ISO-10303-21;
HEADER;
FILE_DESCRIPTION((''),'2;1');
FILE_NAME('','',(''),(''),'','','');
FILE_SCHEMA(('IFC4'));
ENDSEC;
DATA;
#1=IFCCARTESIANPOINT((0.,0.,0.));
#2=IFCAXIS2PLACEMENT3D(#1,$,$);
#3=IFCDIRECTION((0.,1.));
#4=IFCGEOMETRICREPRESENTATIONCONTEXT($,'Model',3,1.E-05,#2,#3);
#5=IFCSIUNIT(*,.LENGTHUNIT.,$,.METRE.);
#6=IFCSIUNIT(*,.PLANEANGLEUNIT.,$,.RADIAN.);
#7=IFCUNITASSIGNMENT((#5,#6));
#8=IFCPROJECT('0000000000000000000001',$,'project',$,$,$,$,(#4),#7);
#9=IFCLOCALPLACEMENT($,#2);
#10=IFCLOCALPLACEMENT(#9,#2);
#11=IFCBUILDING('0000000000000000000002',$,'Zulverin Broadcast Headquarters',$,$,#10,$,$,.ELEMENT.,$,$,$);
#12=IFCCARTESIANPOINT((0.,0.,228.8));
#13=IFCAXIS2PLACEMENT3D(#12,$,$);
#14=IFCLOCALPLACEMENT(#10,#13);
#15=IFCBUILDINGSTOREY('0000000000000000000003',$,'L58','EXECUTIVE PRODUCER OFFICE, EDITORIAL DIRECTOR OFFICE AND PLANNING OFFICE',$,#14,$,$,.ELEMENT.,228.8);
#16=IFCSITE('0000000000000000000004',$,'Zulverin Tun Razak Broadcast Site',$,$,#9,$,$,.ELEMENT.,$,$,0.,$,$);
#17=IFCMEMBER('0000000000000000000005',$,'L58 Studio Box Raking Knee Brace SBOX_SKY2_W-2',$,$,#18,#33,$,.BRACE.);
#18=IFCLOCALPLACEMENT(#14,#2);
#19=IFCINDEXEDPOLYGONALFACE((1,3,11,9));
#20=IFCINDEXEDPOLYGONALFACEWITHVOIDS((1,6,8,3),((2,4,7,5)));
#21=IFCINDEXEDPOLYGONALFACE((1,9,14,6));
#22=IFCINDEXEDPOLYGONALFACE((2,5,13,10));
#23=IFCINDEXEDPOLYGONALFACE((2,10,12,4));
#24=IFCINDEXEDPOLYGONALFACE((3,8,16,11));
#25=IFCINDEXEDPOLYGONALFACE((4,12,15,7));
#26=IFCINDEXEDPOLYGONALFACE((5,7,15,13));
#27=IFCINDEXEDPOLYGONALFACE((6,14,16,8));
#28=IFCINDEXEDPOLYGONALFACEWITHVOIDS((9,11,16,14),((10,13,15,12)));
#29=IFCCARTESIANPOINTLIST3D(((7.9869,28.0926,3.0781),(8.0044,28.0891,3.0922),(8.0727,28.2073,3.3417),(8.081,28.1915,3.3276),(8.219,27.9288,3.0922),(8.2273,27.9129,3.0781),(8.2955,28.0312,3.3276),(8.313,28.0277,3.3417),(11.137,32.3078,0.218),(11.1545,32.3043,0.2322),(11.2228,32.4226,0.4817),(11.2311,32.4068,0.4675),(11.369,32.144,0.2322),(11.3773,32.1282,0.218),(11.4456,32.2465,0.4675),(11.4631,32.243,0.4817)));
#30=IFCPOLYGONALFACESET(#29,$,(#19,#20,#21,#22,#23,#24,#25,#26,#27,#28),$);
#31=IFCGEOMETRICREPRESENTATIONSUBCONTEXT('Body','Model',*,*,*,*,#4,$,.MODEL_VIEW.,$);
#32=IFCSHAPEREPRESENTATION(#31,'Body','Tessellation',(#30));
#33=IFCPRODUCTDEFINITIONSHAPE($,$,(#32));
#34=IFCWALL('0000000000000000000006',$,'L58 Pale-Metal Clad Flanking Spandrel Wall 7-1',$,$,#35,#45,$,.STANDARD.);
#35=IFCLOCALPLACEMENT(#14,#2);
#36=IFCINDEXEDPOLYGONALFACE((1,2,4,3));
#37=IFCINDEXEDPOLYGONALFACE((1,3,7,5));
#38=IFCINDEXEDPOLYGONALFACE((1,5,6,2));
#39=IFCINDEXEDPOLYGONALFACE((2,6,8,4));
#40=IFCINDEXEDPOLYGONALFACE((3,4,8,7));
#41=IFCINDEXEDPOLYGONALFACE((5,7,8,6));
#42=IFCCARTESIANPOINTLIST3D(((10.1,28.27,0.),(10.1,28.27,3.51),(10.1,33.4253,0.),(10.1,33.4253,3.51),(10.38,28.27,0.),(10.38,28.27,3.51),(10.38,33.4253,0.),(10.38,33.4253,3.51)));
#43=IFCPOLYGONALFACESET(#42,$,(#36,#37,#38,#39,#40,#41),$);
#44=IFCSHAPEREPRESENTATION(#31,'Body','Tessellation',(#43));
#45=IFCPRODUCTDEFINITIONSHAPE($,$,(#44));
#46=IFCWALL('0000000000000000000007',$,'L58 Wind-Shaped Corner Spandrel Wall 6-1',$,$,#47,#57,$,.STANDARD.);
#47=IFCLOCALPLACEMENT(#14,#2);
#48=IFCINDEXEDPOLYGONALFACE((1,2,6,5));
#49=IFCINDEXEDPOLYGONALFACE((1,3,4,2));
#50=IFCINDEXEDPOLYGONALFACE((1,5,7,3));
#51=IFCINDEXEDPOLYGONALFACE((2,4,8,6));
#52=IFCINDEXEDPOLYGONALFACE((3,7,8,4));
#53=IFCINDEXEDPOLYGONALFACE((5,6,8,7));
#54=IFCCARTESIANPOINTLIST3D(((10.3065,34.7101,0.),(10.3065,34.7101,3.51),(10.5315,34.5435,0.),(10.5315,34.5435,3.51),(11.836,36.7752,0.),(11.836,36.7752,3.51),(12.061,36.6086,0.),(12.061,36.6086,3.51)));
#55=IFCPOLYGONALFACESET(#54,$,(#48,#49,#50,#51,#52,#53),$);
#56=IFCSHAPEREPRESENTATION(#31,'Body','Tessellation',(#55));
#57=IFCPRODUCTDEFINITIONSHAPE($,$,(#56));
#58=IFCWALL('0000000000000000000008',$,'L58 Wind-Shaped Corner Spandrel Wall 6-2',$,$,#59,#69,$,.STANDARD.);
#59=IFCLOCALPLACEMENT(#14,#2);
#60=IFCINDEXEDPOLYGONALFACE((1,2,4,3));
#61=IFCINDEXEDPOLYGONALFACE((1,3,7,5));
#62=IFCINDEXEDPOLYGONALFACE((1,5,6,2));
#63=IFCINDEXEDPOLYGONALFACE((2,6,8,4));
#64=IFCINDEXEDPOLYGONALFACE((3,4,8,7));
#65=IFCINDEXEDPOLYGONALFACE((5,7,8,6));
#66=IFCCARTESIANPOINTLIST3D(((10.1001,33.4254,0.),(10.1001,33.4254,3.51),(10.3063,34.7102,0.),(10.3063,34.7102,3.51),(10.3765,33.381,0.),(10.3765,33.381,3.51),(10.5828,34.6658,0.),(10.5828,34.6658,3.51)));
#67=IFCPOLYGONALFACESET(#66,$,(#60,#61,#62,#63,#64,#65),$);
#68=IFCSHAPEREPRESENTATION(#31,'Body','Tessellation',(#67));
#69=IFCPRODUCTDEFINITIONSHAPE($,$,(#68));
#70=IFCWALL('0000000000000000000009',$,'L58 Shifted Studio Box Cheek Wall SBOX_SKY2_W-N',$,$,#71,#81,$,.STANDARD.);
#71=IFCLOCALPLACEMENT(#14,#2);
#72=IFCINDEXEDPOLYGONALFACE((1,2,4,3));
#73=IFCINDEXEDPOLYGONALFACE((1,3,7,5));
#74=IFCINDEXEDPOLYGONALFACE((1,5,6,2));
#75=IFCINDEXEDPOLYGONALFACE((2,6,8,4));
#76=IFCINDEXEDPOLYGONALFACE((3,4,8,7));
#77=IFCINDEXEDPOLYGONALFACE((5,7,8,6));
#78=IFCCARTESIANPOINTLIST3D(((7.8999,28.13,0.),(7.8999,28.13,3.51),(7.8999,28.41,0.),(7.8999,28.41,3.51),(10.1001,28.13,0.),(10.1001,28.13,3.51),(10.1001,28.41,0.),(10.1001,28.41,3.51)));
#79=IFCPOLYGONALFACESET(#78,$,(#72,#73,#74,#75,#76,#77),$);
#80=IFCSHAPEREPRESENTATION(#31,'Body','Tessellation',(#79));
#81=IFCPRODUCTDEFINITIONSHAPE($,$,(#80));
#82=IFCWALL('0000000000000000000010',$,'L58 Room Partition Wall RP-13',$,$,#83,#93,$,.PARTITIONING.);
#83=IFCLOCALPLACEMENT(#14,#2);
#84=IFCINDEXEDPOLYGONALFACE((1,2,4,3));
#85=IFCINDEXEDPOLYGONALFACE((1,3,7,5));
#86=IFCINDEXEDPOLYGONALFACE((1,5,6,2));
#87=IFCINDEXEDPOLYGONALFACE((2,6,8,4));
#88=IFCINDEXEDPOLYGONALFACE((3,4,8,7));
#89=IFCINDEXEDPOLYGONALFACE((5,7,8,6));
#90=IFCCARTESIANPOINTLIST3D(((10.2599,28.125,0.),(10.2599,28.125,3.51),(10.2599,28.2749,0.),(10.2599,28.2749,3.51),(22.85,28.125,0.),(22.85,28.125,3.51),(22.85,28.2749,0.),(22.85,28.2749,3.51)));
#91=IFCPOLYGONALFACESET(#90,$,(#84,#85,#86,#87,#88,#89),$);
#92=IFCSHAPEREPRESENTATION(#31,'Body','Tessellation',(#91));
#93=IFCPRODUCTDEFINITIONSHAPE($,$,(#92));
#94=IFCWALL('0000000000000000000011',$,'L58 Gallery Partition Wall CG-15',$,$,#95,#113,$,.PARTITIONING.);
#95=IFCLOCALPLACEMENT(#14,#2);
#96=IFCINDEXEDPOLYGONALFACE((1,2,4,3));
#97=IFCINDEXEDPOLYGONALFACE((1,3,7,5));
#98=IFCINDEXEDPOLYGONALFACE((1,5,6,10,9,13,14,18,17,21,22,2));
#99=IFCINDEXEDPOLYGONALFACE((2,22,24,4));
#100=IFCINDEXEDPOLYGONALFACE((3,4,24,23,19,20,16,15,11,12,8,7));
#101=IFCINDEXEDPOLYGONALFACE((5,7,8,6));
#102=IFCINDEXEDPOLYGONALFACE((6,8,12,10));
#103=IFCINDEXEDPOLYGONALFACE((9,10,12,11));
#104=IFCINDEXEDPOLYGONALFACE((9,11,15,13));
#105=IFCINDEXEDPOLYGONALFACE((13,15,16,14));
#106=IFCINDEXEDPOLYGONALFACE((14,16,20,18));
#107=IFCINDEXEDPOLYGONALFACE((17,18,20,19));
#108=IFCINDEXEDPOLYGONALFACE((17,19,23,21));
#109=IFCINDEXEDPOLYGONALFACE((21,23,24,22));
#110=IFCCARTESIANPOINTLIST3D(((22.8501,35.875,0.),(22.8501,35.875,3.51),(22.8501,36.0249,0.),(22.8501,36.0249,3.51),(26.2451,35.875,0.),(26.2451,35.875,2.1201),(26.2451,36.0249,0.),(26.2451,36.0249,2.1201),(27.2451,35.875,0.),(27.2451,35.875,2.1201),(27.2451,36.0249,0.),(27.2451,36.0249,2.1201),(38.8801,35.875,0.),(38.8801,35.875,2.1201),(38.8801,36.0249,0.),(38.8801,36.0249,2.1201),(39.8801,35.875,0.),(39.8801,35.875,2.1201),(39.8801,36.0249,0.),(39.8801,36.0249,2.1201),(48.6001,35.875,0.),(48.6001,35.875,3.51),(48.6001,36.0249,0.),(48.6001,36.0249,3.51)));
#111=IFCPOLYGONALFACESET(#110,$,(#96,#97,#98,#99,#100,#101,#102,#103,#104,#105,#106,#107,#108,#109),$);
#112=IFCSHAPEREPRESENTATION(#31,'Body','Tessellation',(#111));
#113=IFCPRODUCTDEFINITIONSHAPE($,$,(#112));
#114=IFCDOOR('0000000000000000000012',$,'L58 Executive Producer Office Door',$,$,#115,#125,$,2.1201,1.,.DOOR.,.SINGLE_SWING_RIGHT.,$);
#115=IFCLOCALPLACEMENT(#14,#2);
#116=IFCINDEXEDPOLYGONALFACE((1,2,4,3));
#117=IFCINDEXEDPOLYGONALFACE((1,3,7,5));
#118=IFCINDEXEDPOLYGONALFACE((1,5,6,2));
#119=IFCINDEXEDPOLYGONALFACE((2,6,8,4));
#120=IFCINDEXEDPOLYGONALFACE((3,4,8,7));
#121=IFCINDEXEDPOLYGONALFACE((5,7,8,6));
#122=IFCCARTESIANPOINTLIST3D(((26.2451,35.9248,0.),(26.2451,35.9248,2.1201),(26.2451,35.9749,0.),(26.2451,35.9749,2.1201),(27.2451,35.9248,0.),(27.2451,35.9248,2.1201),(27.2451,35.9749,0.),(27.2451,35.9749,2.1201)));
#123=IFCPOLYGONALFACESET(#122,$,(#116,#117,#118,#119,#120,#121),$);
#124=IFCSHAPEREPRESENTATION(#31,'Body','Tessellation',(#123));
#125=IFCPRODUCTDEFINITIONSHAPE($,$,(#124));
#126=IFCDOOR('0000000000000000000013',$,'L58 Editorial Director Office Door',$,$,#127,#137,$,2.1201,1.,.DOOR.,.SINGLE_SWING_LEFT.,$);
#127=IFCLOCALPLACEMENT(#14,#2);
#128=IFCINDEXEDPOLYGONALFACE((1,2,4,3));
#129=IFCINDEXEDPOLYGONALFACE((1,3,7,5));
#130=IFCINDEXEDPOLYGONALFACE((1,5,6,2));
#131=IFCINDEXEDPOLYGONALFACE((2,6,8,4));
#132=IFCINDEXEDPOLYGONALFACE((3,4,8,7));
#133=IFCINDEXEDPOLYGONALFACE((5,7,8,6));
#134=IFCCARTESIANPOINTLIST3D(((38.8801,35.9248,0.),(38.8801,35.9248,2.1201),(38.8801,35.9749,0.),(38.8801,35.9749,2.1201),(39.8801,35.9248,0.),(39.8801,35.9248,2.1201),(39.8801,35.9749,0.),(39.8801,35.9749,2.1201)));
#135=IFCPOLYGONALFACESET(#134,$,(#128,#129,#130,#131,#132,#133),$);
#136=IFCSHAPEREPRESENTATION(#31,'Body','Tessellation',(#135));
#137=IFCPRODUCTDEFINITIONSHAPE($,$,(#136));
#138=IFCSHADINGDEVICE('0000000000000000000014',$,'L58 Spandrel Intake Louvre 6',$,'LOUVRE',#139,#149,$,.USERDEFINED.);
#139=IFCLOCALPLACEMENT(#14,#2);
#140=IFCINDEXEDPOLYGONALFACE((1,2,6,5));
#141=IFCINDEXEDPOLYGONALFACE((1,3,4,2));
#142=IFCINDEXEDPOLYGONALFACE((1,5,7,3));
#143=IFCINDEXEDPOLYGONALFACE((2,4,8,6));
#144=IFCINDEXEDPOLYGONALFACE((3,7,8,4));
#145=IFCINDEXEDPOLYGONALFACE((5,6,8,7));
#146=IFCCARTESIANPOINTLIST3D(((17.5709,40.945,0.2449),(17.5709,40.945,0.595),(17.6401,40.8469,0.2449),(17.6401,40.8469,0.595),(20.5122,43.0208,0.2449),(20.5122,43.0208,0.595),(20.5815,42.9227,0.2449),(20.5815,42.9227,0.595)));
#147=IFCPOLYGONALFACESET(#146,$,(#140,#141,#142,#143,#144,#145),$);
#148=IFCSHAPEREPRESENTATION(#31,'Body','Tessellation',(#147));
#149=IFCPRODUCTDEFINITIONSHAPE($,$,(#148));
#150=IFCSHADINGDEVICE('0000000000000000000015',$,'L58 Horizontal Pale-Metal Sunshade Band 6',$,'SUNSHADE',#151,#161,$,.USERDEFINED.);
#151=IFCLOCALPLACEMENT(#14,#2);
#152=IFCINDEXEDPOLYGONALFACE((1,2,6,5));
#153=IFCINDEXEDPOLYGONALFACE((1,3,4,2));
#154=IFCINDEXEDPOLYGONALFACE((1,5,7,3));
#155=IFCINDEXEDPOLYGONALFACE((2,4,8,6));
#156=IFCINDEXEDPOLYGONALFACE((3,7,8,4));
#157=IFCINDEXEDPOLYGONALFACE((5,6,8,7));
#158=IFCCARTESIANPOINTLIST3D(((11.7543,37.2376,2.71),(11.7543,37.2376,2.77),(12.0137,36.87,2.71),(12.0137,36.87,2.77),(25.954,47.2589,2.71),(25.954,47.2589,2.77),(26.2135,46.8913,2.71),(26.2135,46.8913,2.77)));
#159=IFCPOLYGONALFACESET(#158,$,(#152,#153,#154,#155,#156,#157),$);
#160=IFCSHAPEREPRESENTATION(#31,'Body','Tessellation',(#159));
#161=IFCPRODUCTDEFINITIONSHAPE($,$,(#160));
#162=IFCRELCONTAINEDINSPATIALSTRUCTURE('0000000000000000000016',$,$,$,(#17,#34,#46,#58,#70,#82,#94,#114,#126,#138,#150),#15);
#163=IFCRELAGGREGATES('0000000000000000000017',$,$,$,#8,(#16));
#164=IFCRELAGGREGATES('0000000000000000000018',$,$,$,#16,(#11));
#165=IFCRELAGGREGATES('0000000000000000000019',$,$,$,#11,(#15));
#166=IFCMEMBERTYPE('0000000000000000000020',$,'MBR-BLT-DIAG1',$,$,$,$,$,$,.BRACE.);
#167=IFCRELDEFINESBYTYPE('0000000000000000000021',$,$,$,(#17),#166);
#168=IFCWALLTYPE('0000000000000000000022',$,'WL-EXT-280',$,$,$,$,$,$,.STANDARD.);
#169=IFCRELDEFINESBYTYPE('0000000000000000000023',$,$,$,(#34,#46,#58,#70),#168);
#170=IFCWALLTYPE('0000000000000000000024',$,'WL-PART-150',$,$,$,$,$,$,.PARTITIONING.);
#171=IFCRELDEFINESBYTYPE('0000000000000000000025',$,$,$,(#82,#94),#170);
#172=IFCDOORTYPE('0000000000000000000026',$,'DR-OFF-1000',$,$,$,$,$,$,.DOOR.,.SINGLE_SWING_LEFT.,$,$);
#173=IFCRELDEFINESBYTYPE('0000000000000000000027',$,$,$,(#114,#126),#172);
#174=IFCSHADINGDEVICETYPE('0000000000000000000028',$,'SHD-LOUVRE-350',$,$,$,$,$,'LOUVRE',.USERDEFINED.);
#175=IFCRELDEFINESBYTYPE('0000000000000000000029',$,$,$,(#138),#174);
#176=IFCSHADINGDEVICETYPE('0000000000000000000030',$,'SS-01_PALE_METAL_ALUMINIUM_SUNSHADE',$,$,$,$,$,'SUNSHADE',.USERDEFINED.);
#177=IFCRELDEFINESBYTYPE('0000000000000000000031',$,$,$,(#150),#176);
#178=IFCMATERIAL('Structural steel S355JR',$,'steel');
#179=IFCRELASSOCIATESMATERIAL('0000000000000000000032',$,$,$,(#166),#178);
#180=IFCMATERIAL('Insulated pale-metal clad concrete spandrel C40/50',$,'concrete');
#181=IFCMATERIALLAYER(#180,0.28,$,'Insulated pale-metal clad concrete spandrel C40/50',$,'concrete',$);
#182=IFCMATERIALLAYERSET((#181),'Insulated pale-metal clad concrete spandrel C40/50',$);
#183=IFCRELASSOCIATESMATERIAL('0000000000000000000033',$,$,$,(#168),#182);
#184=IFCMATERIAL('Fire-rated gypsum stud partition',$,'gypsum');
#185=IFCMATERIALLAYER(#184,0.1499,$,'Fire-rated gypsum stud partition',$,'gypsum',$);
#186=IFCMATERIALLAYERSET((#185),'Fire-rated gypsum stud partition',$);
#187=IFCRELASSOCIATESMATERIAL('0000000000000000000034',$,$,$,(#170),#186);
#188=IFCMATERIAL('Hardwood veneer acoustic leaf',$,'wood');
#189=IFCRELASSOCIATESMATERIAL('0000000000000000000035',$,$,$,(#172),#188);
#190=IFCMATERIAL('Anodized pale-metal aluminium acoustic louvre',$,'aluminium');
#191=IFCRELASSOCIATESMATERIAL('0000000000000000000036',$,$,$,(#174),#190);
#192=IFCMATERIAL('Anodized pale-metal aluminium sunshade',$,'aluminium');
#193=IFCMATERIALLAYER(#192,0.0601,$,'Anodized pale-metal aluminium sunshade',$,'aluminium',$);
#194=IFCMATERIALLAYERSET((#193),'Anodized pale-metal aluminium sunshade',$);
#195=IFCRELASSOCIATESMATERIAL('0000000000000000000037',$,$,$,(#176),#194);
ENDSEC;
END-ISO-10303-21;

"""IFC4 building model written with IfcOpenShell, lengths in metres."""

from ifc_helpers import new_model, si_unit, direction, frame, frame_2d, origin, origin_2d, place, context, subcontext, project, spatial, rectangle, hollow_rectangle, extrude, material, layer, layer_set, material_profile, profile_set, type_object, element, fill, save


model = new_model("IFC4")

# Units and contexts
model_context = context("Model", 3, precision=1e-05, world=origin(), true_north=direction((0.0, 1.0)))
body_context = subcontext(model_context, "Body", "Model", "MODEL_VIEW")
ifc_project = project(units=[si_unit("LENGTHUNIT", "METRE"), si_unit("PLANEANGLEUNIT", "RADIAN")], contexts=[model_context])

# Site, building, storey
site_placement = place(None, origin())
site = spatial("IfcSite", under=ifc_project, at=site_placement, Name="Zulverin Tun Razak Broadcast Site", CompositionType="ELEMENT", RefElevation=0.0)
building_placement = place(site_placement, origin())
building = spatial("IfcBuilding", under=site, at=building_placement, Name="Zulverin Broadcast Headquarters", CompositionType="ELEMENT")
storey_placement = place(building_placement, frame((0.0, 0.0, 228.8)))
storey = spatial("IfcBuildingStorey", under=building, at=storey_placement, Name="L58", Description="EXECUTIVE PRODUCER OFFICE, EDITORIAL DIRECTOR OFFICE AND PLANNING OFFICE", CompositionType="ELEMENT", Elevation=228.8)

# Shared definitions
ifc_material_1 = material(Name="Structural steel S355JR", Category="steel")

# Member
ifc_material_profile_1 = material_profile(ifc_material_1, hollow_rectangle(XDim=0.3, YDim=0.3, WallThickness=0.0161, at=origin_2d()), Name="Structural steel S355JR", Category="steel")
ifc_profile_set_1 = profile_set([ifc_material_profile_1], Name="Structural steel S355JR")
member_type_1 = type_object("IfcMemberType", Name="MBR-BLT-DIAG1", PredefinedType="BRACE", material=ifc_profile_set_1)
member_1_placement = place(storey_placement, frame((11.3, 32.2754, 0.3499), z_axis=(-0.525955, -0.703801, 0.47753), x_axis=(0.801034, -0.598618, 0.0)))
element("IfcMember", 1, at=member_1_placement, inside=storey, type_object=member_type_1, Name="L58 Studio Box Raking Knee Brace SBOX_SKY2_W-2", PredefinedType="BRACE", context=body_context, shape_type="SweptSolid", body=[
    extrude(hollow_rectangle(XDim=0.3, YDim=0.3, WallThickness=0.0161, at=origin_2d()), origin(), (0.0, 0.0, 1.0), 5.9893),
])

# Walls
ifc_material_2 = material(Name="Insulated pale-metal clad concrete spandrel C40/50", Category="concrete")
ifc_layer_1 = layer(ifc_material_2, 0.28, Name="Insulated pale-metal clad concrete spandrel C40/50", Category="concrete")
ifc_layer_set_1 = layer_set([ifc_layer_1], Name="Insulated pale-metal clad concrete spandrel C40/50")
wall_type_1 = type_object("IfcWallType", Name="WL-EXT-280", PredefinedType="STANDARD", material=ifc_layer_set_1)
wall_1_placement = place(storey_placement, frame((10.24, 33.4253, 0.0), z_axis=(0.0, 0.0, 1.0), x_axis=(0.0, -1.0, 0.0)))
element("IfcWall", 2, at=wall_1_placement, inside=storey, type_object=wall_type_1, Name="L58 Pale-Metal Clad Flanking Spandrel Wall 7-1", PredefinedType="STANDARD", context=body_context, shape_type="SweptSolid", body=[
    extrude(rectangle(XDim=5.1553, YDim=0.28, at=frame_2d((2.5776, 0.0))), origin(), (0.0, 0.0, 1.0), 3.51),
])
wall_2_placement = place(storey_placement, frame((11.9485, 36.6919, 0.0), z_axis=(0.0, 0.0, 1.0), x_axis=(-0.595171, -0.803599, 0.0)))
element("IfcWall", 3, at=wall_2_placement, inside=storey, type_object=wall_type_1, Name="L58 Wind-Shaped Corner Spandrel Wall 6-1", PredefinedType="STANDARD", context=body_context, shape_type="SweptSolid", body=[
    extrude(rectangle(XDim=2.5698, YDim=0.28, at=frame_2d((1.2849, 0.0))), origin(), (0.0, 0.0, 1.0), 3.51),
])
wall_3_placement = place(storey_placement, frame((10.4446, 34.688, 0.0), z_axis=(0.0, 0.0, 1.0), x_axis=(-0.158525, -0.987355, 0.0)))
element("IfcWall", 4, at=wall_3_placement, inside=storey, type_object=wall_type_1, Name="L58 Wind-Shaped Corner Spandrel Wall 6-2", PredefinedType="STANDARD", context=body_context, shape_type="SweptSolid", body=[
    extrude(rectangle(XDim=1.3013, YDim=0.28, at=frame_2d((0.6506, 0.0))), origin(), (0.0, 0.0, 1.0), 3.51),
])
wall_4_placement = place(storey_placement, frame((7.8999, 28.27, 0.0), z_axis=(0.0, 0.0, 1.0), x_axis=(1.0, 0.0, 0.0)))
element("IfcWall", 5, at=wall_4_placement, inside=storey, type_object=wall_type_1, Name="L58 Shifted Studio Box Cheek Wall SBOX_SKY2_W-N", PredefinedType="STANDARD", context=body_context, shape_type="SweptSolid", body=[
    extrude(rectangle(XDim=2.2002, YDim=0.28, at=frame_2d((1.1001, 0.0))), origin(), (0.0, 0.0, 1.0), 3.51),
])
ifc_material_3 = material(Name="Fire-rated gypsum stud partition", Category="gypsum")
ifc_layer_2 = layer(ifc_material_3, 0.1499, Name="Fire-rated gypsum stud partition", Category="gypsum")
ifc_layer_set_2 = layer_set([ifc_layer_2], Name="Fire-rated gypsum stud partition")
wall_type_2 = type_object("IfcWallType", Name="WL-PART-150", PredefinedType="PARTITIONING", material=ifc_layer_set_2)
wall_5_placement = place(storey_placement, frame((10.26, 28.2, 0.0), z_axis=(0.0, 0.0, 1.0), x_axis=(1.0, 0.0, 0.0)))
element("IfcWall", 6, at=wall_5_placement, inside=storey, type_object=wall_type_2, Name="L58 Room Partition Wall RP-13", PredefinedType="PARTITIONING", context=body_context, shape_type="SweptSolid", body=[
    extrude(rectangle(XDim=12.5901, YDim=0.1499, at=frame_2d((6.2949, 0.0))), origin(), (0.0, 0.0, 1.0), 3.51),
])

# Wall, openings, doors
wall_6_placement = place(storey_placement, frame((22.8501, 35.95, 0.0), z_axis=(0.0, 0.0, 1.0), x_axis=(1.0, 0.0, 0.0)))
wall_6 = element("IfcWall", 7, at=wall_6_placement, inside=storey, type_object=wall_type_2, Name="L58 Gallery Partition Wall CG-15", PredefinedType="PARTITIONING", context=body_context, shape_type="SweptSolid", body=[
    extrude(rectangle(XDim=25.75, YDim=0.1499, at=frame_2d((12.875, 0.0))), origin(), (0.0, 0.0, 1.0), 3.51),
])
opening_1_placement = place(wall_6_placement, frame((3.395, 0.0, 0.0)))
opening_1 = element("IfcOpeningElement", 8, at=opening_1_placement, cuts=wall_6, PredefinedType="OPENING", context=body_context, shape_type="SweptSolid", body=[
    extrude(rectangle(XDim=1.0, YDim=2.1201, at=frame_2d((0.5, 1.0601))), frame((0.0, 0.085, 0.0), z_axis=(0.0, -1.0, 0.0), x_axis=(1.0, 0.0, 0.0)), (0.0, 0.0, 1.0), 0.1699),
])
opening_2_placement = place(wall_6_placement, frame((16.03, 0.0, 0.0)))
opening_2 = element("IfcOpeningElement", 9, at=opening_2_placement, cuts=wall_6, PredefinedType="OPENING", context=body_context, shape_type="SweptSolid", body=[
    extrude(rectangle(XDim=1.0, YDim=2.1201, at=frame_2d((0.5, 1.0601))), frame((0.0, 0.085, 0.0), z_axis=(0.0, -1.0, 0.0), x_axis=(1.0, 0.0, 0.0)), (0.0, 0.0, 1.0), 0.1699),
])
ifc_material_4 = material(Name="Hardwood veneer acoustic leaf", Category="wood")
door_type = type_object("IfcDoorType", Name="DR-OFF-1000", OperationType="SINGLE_SWING_LEFT", PredefinedType="DOOR", material=ifc_material_4)
door_1_placement = place(opening_1_placement, origin())
door_1 = element("IfcDoor", 10, at=door_1_placement, inside=storey, type_object=door_type, Name="L58 Executive Producer Office Door", OperationType="SINGLE_SWING_RIGHT", OverallHeight=2.1201, OverallWidth=1.0, PredefinedType="DOOR", context=body_context, shape_type="SweptSolid", body=[
    extrude(rectangle(XDim=1.0, YDim=2.1201, at=frame_2d((0.5, 1.0601))), frame((0.0, 0.0249, 0.0), z_axis=(0.0, -1.0, 0.0), x_axis=(1.0, 0.0, 0.0)), (0.0, 0.0, 1.0), 0.05),
])
fill(opening_1, door_1)
door_2_placement = place(opening_2_placement, origin())
door_2 = element("IfcDoor", 11, at=door_2_placement, inside=storey, type_object=door_type, Name="L58 Editorial Director Office Door", OperationType="SINGLE_SWING_LEFT", OverallHeight=2.1201, OverallWidth=1.0, PredefinedType="DOOR", context=body_context, shape_type="SweptSolid", body=[
    extrude(rectangle(XDim=1.0, YDim=2.1201, at=frame_2d((0.5, 1.0601))), frame((0.0, 0.0249, 0.0), z_axis=(0.0, -1.0, 0.0), x_axis=(1.0, 0.0, 0.0)), (0.0, 0.0, 1.0), 0.05),
])
fill(opening_2, door_2)

# Shading devices
ifc_material_5 = material(Name="Anodized pale-metal aluminium acoustic louvre", Category="aluminium")
shading_device_type_1 = type_object("IfcShadingDeviceType", Name="SHD-LOUVRE-350", ElementType="LOUVRE", PredefinedType="USERDEFINED", material=ifc_material_5)
shading_device_1_placement = place(storey_placement, frame((19.0762, 41.9338, 0.2449), z_axis=(0.0, 0.0, 1.0), x_axis=(-0.817023, -0.576605, 0.0)))
element("IfcShadingDevice", 12, at=shading_device_1_placement, inside=storey, type_object=shading_device_type_1, Name="L58 Spandrel Intake Louvre 6", ObjectType="LOUVRE", PredefinedType="USERDEFINED", context=body_context, shape_type="SweptSolid", body=[
    extrude(rectangle(XDim=3.6001, YDim=0.1201, at=origin_2d()), origin(), (0.0, 0.0, 1.0), 0.3501),
])
ifc_material_6 = material(Name="Anodized pale-metal aluminium sunshade", Category="aluminium")
ifc_layer_3 = layer(ifc_material_6, 0.0601, Name="Anodized pale-metal aluminium sunshade", Category="aluminium")
ifc_layer_set_3 = layer_set([ifc_layer_3], Name="Anodized pale-metal aluminium sunshade")
shading_device_type_2 = type_object("IfcShadingDeviceType", Name="SS-01_PALE_METAL_ALUMINIUM_SUNSHADE", ElementType="SUNSHADE", PredefinedType="USERDEFINED", material=ifc_layer_set_3)
shading_device_2_placement = place(storey_placement, frame((18.9839, 42.0645, 2.71), z_axis=(0.0, 0.0, 1.0), x_axis=(-0.817023, -0.576605, 0.0)))
element("IfcShadingDevice", 13, at=shading_device_2_placement, inside=storey, type_object=shading_device_type_2, Name="L58 Horizontal Pale-Metal Sunshade Band 6", ObjectType="SUNSHADE", PredefinedType="USERDEFINED", context=body_context, shape_type="SweptSolid", body=[
    extrude(rectangle(XDim=17.3799, YDim=0.45, at=origin_2d()), origin(), (0.0, 0.0, 1.0), 0.0601),
])

save(model, "model.ifc")
